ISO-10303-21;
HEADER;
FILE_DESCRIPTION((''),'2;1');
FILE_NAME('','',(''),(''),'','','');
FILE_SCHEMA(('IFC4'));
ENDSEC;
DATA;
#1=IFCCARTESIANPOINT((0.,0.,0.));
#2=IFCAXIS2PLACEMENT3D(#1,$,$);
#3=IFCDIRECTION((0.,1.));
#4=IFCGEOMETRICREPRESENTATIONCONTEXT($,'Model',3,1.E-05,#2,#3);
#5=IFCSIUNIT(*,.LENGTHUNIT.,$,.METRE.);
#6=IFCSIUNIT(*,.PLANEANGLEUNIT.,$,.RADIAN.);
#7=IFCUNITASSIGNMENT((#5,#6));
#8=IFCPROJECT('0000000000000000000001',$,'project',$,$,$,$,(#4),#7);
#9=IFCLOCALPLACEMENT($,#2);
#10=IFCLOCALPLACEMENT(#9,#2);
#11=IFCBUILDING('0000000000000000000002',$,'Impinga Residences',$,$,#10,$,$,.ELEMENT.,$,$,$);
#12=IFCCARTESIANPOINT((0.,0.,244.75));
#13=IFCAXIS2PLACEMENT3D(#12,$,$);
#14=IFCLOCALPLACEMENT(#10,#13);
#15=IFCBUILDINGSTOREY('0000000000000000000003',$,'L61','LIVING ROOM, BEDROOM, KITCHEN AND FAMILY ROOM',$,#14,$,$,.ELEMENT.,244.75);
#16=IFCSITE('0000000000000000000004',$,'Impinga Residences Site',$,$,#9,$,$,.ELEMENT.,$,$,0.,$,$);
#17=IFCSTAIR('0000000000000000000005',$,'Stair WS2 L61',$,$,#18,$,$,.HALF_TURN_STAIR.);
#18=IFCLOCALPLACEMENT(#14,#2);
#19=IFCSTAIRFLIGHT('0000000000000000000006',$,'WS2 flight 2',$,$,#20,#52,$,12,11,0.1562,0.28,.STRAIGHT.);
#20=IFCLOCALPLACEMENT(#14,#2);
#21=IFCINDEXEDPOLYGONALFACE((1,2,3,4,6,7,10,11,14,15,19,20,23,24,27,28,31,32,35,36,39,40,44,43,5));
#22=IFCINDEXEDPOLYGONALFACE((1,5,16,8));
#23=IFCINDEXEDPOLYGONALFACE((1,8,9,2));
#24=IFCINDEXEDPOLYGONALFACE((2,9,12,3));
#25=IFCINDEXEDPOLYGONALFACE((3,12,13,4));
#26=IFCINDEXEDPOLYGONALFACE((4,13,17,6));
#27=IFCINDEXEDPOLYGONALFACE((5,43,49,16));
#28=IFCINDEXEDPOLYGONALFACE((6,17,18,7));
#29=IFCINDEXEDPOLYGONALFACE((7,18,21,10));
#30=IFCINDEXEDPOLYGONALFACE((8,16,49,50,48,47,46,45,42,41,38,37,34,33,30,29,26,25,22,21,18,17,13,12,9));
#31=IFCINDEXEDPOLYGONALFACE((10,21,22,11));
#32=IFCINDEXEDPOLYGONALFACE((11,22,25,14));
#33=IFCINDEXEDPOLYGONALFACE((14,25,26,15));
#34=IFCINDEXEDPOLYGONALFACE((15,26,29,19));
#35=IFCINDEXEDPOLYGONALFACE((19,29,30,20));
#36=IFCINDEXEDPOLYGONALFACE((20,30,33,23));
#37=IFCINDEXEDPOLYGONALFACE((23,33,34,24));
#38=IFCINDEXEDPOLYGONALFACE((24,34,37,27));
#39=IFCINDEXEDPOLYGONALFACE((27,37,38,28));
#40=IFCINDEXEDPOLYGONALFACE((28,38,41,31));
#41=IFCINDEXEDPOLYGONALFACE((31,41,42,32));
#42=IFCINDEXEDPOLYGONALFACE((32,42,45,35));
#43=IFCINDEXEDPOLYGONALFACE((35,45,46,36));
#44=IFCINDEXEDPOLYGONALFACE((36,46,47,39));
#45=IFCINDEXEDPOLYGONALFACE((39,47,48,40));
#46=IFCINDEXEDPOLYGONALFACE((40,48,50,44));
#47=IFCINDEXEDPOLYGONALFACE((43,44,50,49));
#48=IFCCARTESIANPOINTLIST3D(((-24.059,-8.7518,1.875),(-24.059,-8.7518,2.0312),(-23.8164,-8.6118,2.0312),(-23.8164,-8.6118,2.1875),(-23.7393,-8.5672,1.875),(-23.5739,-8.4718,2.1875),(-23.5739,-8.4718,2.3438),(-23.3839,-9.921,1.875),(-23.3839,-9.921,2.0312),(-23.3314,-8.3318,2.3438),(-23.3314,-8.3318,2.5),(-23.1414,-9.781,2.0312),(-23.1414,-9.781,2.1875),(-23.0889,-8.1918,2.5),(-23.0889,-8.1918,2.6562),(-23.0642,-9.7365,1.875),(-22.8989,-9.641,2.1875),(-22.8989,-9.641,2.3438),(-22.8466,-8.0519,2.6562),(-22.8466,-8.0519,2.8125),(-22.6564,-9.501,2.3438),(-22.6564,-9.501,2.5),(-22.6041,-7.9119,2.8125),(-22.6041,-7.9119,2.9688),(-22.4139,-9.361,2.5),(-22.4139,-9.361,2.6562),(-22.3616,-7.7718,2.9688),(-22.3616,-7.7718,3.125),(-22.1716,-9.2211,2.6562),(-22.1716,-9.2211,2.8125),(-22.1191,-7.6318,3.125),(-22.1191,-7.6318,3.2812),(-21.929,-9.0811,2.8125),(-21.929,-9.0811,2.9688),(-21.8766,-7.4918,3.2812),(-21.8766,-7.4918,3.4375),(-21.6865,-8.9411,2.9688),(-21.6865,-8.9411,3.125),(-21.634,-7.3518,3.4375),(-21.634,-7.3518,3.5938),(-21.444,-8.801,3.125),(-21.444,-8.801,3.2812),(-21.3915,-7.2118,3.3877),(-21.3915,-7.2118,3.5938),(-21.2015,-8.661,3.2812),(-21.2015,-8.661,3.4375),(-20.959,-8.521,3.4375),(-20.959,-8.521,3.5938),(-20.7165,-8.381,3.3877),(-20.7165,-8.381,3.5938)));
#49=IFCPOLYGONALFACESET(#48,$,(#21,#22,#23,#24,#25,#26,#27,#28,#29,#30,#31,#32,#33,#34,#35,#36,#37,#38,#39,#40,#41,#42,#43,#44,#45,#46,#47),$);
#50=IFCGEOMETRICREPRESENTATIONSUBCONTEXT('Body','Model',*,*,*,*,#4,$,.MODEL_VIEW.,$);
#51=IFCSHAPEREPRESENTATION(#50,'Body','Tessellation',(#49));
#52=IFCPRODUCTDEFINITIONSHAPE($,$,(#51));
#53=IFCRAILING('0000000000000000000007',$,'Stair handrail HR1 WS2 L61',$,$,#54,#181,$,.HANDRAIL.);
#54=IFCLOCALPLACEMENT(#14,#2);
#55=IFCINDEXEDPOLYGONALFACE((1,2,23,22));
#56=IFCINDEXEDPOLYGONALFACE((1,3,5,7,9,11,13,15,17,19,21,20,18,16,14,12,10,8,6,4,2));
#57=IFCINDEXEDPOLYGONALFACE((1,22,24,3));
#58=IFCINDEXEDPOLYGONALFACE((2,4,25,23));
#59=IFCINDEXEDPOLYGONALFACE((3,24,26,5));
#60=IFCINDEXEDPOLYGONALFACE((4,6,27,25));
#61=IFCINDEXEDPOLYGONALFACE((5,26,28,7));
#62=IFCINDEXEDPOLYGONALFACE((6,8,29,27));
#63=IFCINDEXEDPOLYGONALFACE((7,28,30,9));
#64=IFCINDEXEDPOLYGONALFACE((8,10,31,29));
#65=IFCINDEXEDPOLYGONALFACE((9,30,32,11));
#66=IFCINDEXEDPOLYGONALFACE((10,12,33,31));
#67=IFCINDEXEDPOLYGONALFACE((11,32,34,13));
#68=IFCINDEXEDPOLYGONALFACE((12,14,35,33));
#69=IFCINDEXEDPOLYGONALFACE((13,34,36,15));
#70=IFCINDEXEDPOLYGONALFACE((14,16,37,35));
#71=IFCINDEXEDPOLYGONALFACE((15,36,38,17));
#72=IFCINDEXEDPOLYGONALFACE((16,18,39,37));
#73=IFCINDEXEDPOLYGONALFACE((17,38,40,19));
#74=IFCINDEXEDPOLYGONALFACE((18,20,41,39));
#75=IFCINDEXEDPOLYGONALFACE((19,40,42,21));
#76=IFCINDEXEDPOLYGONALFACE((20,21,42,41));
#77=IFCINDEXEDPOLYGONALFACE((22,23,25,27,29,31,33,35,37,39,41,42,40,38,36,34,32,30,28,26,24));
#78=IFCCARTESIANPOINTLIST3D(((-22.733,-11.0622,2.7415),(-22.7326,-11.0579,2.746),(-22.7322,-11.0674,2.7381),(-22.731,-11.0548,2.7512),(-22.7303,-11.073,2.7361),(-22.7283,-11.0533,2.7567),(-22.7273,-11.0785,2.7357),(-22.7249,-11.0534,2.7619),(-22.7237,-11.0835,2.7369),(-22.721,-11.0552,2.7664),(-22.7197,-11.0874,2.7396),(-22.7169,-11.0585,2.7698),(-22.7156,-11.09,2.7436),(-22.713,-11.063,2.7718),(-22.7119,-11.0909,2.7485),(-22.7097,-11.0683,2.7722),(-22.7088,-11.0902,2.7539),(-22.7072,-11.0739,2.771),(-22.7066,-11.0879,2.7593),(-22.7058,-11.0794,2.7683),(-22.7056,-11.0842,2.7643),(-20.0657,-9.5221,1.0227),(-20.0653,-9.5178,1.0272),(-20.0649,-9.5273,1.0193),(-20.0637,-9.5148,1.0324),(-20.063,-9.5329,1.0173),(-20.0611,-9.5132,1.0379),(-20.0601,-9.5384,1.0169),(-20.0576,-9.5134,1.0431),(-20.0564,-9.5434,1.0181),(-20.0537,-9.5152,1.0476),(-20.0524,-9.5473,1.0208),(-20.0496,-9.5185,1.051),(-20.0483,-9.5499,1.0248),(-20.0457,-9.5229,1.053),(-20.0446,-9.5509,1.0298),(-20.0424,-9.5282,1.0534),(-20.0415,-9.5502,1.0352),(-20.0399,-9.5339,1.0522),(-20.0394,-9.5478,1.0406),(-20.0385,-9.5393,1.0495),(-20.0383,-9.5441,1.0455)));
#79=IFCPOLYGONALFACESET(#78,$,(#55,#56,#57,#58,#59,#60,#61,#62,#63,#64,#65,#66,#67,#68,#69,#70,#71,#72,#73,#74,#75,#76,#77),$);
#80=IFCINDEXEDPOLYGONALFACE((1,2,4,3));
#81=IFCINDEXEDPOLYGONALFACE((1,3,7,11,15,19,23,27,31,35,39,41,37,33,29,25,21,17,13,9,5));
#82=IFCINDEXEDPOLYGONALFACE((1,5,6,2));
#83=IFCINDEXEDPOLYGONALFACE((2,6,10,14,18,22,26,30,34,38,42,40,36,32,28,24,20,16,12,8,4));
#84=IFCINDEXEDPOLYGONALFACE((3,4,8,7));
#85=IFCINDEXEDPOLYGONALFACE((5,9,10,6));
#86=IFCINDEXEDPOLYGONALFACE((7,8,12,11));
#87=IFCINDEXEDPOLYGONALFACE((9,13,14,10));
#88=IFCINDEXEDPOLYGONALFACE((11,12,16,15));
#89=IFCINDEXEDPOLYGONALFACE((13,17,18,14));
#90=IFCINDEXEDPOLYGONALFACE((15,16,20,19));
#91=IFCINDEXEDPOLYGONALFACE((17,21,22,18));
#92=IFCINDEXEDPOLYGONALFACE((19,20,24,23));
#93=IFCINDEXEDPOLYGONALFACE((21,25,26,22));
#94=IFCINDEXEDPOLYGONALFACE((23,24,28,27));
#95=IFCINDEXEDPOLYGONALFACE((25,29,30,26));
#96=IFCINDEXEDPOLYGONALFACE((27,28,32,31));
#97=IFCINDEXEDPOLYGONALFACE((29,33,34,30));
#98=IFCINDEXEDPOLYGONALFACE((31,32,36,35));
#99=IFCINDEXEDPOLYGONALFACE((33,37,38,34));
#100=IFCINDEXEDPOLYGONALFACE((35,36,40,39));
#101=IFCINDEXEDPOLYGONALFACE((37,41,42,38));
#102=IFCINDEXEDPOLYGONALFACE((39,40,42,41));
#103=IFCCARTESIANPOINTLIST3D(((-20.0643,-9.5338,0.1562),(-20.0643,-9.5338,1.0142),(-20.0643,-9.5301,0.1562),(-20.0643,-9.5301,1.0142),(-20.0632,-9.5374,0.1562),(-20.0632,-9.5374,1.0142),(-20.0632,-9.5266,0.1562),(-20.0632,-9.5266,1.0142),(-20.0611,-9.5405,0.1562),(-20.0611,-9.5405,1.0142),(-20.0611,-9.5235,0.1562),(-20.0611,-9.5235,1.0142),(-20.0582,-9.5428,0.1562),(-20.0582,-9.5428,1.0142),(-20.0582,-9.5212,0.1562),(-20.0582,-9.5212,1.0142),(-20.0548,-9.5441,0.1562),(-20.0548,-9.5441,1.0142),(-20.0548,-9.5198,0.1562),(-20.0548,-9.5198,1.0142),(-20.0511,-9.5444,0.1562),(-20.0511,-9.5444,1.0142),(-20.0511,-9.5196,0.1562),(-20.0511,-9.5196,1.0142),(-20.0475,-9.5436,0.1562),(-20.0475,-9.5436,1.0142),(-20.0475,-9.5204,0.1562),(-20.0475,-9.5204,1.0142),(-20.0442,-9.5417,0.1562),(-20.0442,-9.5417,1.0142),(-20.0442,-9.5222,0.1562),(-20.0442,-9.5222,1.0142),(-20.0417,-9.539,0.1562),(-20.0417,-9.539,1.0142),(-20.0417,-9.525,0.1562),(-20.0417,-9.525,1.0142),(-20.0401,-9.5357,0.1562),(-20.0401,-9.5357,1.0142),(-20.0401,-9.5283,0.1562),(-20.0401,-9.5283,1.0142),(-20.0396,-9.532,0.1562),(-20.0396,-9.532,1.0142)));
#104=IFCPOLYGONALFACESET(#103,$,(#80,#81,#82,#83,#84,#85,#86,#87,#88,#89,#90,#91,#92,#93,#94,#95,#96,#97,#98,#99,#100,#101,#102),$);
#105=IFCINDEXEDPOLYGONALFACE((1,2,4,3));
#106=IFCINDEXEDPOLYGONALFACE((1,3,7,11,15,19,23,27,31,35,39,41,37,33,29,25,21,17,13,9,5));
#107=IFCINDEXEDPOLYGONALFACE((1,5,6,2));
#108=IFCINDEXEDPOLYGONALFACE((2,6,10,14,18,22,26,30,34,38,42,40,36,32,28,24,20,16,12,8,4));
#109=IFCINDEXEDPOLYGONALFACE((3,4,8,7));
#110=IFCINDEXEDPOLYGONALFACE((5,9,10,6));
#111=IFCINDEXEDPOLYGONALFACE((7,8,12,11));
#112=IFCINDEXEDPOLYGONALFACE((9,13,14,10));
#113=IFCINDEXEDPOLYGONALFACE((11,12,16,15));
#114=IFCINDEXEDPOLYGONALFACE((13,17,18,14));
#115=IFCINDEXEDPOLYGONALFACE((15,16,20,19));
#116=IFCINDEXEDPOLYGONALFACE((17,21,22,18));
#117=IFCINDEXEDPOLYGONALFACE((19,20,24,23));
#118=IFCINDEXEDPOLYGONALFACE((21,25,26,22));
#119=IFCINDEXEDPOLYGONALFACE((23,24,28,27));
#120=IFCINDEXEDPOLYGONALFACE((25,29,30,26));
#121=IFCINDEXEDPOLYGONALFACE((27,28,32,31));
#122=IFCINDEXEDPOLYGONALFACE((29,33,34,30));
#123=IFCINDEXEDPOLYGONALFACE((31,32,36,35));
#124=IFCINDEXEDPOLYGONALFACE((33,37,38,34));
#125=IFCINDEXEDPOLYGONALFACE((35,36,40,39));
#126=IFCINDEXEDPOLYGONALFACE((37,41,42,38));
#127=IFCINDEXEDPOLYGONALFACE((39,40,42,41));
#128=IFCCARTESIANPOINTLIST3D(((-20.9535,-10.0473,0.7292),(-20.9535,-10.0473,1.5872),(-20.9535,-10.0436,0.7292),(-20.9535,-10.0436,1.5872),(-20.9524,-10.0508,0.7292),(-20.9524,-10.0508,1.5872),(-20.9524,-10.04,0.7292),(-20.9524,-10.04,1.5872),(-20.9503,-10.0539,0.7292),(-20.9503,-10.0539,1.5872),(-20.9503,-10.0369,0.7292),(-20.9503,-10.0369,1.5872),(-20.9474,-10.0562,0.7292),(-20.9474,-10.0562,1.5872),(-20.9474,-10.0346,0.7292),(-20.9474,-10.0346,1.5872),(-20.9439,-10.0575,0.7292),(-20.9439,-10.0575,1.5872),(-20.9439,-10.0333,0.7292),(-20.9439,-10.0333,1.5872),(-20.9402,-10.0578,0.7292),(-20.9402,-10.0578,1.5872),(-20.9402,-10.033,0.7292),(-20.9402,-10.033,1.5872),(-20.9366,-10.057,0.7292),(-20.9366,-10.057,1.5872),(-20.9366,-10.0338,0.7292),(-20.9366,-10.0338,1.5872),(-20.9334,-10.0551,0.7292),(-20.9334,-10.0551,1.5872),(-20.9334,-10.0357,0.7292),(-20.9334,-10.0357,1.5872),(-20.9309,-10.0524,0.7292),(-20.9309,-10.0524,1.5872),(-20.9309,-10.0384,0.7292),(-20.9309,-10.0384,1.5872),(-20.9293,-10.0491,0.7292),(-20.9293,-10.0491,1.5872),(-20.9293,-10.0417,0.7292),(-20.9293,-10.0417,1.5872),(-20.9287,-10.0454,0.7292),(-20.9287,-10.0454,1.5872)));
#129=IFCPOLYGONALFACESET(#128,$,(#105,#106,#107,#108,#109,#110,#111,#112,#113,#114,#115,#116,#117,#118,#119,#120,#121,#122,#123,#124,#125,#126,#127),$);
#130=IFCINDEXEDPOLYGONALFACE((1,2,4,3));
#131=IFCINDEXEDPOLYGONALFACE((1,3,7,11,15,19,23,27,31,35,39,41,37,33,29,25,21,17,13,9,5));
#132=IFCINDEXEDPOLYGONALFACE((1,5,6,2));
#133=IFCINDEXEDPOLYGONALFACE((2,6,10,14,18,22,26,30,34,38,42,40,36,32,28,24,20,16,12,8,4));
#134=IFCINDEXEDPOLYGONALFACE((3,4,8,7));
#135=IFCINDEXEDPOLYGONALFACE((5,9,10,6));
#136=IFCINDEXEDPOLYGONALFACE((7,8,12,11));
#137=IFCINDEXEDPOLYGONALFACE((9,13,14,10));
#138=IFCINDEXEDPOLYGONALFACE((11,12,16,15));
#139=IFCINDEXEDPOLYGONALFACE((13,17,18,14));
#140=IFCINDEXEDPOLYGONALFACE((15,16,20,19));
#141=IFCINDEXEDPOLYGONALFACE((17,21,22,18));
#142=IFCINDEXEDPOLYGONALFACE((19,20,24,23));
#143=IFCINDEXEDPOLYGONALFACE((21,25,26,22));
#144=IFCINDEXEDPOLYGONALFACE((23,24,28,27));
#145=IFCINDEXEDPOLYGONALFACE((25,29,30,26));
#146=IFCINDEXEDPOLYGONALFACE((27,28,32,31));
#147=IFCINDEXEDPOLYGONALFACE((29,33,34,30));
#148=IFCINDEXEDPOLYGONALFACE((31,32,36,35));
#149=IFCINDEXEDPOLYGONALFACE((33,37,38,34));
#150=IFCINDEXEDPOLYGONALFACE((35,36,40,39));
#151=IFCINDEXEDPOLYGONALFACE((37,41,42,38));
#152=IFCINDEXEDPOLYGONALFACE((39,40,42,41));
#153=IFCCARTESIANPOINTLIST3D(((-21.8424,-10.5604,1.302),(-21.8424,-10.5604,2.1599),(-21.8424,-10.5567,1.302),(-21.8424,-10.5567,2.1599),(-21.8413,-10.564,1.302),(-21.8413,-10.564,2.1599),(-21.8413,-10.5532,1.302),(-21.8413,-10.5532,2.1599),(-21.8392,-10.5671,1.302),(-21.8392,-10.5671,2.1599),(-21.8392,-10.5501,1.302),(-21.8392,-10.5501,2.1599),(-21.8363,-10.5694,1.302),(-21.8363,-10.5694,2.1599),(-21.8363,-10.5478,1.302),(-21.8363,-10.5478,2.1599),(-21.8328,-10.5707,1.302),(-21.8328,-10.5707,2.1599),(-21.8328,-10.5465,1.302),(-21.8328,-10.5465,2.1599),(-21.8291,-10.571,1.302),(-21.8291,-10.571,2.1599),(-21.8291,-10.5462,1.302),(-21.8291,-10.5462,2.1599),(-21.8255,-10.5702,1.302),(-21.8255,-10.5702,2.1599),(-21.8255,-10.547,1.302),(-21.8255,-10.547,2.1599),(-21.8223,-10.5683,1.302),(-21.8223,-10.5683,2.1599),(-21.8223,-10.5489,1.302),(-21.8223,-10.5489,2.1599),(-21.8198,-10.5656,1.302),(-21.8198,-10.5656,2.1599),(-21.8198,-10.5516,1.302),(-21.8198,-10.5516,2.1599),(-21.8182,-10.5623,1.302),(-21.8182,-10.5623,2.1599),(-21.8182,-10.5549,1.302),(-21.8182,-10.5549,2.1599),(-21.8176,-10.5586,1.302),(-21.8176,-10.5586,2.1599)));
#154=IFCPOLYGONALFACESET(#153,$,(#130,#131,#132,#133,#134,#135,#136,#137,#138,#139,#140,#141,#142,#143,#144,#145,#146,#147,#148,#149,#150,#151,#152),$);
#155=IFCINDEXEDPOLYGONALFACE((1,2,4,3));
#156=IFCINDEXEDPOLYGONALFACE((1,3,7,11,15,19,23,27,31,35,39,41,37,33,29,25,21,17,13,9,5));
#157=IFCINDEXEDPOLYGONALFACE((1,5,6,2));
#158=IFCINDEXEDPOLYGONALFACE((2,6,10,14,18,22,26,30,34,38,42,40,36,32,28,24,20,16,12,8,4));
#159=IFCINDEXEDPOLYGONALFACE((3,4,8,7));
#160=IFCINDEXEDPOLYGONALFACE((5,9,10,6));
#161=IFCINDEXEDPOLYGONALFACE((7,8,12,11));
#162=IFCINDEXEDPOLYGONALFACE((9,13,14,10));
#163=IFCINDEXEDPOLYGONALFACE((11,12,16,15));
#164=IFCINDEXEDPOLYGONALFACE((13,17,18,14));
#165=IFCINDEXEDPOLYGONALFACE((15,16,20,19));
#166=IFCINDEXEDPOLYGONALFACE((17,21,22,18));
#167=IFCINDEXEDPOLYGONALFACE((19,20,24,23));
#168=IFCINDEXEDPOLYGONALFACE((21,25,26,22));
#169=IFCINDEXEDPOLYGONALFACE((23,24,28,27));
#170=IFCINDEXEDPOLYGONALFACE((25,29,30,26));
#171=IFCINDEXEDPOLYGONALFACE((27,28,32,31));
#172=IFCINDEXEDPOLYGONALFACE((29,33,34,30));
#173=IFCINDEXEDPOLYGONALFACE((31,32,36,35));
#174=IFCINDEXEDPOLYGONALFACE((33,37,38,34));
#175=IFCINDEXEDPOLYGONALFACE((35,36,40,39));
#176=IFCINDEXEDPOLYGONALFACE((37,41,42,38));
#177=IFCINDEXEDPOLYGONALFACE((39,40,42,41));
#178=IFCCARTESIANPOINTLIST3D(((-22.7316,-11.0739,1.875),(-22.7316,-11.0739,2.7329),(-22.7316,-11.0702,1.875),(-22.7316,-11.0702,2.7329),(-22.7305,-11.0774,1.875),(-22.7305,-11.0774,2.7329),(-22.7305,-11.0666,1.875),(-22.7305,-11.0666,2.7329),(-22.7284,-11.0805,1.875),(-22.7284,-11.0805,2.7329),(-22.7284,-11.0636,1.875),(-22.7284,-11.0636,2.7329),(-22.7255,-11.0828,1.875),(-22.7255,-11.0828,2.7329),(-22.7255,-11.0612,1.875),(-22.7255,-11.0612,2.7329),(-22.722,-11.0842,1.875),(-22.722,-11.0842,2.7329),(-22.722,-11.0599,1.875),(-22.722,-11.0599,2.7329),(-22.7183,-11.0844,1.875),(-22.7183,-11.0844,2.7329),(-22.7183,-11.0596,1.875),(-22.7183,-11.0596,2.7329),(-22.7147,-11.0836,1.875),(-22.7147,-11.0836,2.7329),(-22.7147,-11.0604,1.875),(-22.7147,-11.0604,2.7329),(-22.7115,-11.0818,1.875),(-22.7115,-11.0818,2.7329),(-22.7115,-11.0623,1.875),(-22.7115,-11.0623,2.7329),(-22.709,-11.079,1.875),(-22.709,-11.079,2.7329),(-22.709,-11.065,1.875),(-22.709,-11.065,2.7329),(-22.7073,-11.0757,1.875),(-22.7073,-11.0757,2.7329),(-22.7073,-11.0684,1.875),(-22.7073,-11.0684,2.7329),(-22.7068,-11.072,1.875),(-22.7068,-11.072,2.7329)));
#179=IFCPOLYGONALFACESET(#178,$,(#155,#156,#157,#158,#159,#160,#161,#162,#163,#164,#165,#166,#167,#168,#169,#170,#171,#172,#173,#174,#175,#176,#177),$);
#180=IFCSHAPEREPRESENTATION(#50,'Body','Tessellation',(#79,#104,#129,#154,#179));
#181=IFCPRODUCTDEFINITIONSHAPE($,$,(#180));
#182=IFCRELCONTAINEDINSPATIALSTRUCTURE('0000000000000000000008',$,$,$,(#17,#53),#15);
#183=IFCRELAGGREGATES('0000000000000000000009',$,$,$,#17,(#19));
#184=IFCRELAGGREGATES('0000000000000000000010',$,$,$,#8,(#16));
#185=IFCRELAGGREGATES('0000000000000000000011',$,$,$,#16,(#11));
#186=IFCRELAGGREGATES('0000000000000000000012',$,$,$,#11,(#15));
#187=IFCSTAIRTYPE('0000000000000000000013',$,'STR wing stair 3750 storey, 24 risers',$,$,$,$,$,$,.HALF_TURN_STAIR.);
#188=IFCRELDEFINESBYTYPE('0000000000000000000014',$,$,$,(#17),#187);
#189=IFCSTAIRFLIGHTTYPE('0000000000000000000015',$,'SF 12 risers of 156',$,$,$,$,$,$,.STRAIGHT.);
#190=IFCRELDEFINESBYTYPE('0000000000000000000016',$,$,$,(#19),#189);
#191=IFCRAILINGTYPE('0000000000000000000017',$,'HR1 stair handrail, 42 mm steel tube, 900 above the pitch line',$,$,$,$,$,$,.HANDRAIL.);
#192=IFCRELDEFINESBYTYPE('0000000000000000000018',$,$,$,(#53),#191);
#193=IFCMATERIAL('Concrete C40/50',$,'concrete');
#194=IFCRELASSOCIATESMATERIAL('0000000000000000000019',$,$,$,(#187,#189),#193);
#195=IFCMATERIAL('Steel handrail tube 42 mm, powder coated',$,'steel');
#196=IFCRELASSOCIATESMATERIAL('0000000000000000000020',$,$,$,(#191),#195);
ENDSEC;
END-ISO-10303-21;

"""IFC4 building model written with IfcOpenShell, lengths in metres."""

from ifc_helpers import new_model, si_unit, direction, frame, origin, origin_2d, place, context, subcontext, project, spatial, polyline, circle, outline, extrude, material, type_object, element, aggregate, save


model = new_model("IFC4")

# Units and contexts
model_context = context("Model", 3, precision=1e-05, world=origin(), true_north=direction((0.0, 1.0)))
body_context = subcontext(model_context, "Body", "Model", "MODEL_VIEW")
ifc_project = project(units=[si_unit("LENGTHUNIT", "METRE"), si_unit("PLANEANGLEUNIT", "RADIAN")], contexts=[model_context])

# Site, building, storey
site_placement = place(None, origin())
site = spatial("IfcSite", under=ifc_project, at=site_placement, Name="Impinga Residences Site", CompositionType="ELEMENT", RefElevation=0.0)
building_placement = place(site_placement, origin())
building = spatial("IfcBuilding", under=site, at=building_placement, Name="Impinga Residences", CompositionType="ELEMENT")
storey_placement = place(building_placement, frame((0.0, 0.0, 244.75)))
storey = spatial("IfcBuildingStorey", under=building, at=storey_placement, Name="L61", Description="LIVING ROOM, BEDROOM, KITCHEN AND FAMILY ROOM", CompositionType="ELEMENT", Elevation=244.75)

# Stair, stair flight
ifc_material_1 = material(Name="Concrete C40/50", Category="concrete")
stair_type = type_object("IfcStairType", Name="STR wing stair 3750 storey, 24 risers", PredefinedType="HALF_TURN_STAIR", material=ifc_material_1)
stair_placement = place(storey_placement, origin())
stair = element("IfcStair", 1, at=stair_placement, inside=storey, type_object=stair_type, Name="Stair WS2 L61", PredefinedType="HALF_TURN_STAIR")
stair_flight_type = type_object("IfcStairFlightType", Name="SF 12 risers of 156", PredefinedType="STRAIGHT", material=ifc_material_1)
stair_flight_1_placement = place(storey_placement, frame((-23.7214, -9.3364, 1.875), z_axis=(0.0, 0.0, 1.0), x_axis=(0.866025, 0.5, 0.0)))
stair_flight_1 = element("IfcStairFlight", 2, at=stair_flight_1_placement, type_object=stair_flight_type, Name="WS2 flight 2", NumberOfRisers=12, NumberOfTreads=11, PredefinedType="STRAIGHT", RiserHeight=0.1562, TreadLength=0.28, context=body_context, shape_type="SweptSolid", body=[
    extrude(outline(polyline([(0.0, 0.0), (0.0, 0.1562), (0.28, 0.1562), (0.28, 0.3125), (0.5601, 0.3125), (0.5601, 0.4688), (0.8401, 0.4688), (0.8401, 0.625), (1.1201, 0.625), (1.1201, 0.7812), (1.3999, 0.7812), (1.3999, 0.9375), (1.6799, 0.9375), (1.6799, 1.0938), (1.96, 1.0938), (1.96, 1.25), (2.24, 1.25), (2.24, 1.4062), (2.52, 1.4062), (2.52, 1.5625), (2.8, 1.5625), (2.8, 1.7188), (3.0801, 1.7188), (3.0801, 1.875), (3.0801, 1.5127), (0.3691, 0.0), (0.0, 0.0)])), frame((0.0, 0.675, 0.0), z_axis=(0.0, -1.0, 0.0), x_axis=(1.0, 0.0, 0.0)), (0.0, 0.0, 1.0), 1.3501),
])
aggregate(stair, [stair_flight_1])

# Railing
ifc_material_2 = material(Name="Steel handrail tube 42 mm, powder coated", Category="steel")
railing_type = type_object("IfcRailingType", Name="HR1 stair handrail, 42 mm steel tube, 900 above the pitch line", PredefinedType="HANDRAIL", material=ifc_material_2)
railing_1_placement = place(storey_placement, frame((-20.052, -9.532, 0.1562)))
element("IfcRailing", 3, at=railing_1_placement, inside=storey, type_object=railing_type, Name="Stair handrail HR1 WS2 L61", PredefinedType="HANDRAIL", context=body_context, shape_type="SweptSolid", body=[
    extrude(circle(Radius=0.021, at=origin_2d()), frame((0.0, 0.0, 0.8789), z_axis=(-0.756226, -0.436639, 0.487307), x_axis=(0.500027, -0.86601, 0.0)), (0.0, 0.0, 1.0), 3.5271),
    extrude(circle(Radius=0.0125, at=origin_2d()), origin(), (0.0, 0.0, 1.0), 0.8579),
    extrude(circle(Radius=0.0125, at=origin_2d()), frame((-0.8892, -0.5134, 0.573)), (0.0, 0.0, 1.0), 0.8579),
    extrude(circle(Radius=0.0125, at=origin_2d()), frame((-1.7781, -1.0266, 1.1458)), (0.0, 0.0, 1.0), 0.8579),
    extrude(circle(Radius=0.0125, at=origin_2d()), frame((-2.6672, -1.54, 1.7188)), (0.0, 0.0, 1.0), 0.8579),
])

save(model, "model.ifc")
